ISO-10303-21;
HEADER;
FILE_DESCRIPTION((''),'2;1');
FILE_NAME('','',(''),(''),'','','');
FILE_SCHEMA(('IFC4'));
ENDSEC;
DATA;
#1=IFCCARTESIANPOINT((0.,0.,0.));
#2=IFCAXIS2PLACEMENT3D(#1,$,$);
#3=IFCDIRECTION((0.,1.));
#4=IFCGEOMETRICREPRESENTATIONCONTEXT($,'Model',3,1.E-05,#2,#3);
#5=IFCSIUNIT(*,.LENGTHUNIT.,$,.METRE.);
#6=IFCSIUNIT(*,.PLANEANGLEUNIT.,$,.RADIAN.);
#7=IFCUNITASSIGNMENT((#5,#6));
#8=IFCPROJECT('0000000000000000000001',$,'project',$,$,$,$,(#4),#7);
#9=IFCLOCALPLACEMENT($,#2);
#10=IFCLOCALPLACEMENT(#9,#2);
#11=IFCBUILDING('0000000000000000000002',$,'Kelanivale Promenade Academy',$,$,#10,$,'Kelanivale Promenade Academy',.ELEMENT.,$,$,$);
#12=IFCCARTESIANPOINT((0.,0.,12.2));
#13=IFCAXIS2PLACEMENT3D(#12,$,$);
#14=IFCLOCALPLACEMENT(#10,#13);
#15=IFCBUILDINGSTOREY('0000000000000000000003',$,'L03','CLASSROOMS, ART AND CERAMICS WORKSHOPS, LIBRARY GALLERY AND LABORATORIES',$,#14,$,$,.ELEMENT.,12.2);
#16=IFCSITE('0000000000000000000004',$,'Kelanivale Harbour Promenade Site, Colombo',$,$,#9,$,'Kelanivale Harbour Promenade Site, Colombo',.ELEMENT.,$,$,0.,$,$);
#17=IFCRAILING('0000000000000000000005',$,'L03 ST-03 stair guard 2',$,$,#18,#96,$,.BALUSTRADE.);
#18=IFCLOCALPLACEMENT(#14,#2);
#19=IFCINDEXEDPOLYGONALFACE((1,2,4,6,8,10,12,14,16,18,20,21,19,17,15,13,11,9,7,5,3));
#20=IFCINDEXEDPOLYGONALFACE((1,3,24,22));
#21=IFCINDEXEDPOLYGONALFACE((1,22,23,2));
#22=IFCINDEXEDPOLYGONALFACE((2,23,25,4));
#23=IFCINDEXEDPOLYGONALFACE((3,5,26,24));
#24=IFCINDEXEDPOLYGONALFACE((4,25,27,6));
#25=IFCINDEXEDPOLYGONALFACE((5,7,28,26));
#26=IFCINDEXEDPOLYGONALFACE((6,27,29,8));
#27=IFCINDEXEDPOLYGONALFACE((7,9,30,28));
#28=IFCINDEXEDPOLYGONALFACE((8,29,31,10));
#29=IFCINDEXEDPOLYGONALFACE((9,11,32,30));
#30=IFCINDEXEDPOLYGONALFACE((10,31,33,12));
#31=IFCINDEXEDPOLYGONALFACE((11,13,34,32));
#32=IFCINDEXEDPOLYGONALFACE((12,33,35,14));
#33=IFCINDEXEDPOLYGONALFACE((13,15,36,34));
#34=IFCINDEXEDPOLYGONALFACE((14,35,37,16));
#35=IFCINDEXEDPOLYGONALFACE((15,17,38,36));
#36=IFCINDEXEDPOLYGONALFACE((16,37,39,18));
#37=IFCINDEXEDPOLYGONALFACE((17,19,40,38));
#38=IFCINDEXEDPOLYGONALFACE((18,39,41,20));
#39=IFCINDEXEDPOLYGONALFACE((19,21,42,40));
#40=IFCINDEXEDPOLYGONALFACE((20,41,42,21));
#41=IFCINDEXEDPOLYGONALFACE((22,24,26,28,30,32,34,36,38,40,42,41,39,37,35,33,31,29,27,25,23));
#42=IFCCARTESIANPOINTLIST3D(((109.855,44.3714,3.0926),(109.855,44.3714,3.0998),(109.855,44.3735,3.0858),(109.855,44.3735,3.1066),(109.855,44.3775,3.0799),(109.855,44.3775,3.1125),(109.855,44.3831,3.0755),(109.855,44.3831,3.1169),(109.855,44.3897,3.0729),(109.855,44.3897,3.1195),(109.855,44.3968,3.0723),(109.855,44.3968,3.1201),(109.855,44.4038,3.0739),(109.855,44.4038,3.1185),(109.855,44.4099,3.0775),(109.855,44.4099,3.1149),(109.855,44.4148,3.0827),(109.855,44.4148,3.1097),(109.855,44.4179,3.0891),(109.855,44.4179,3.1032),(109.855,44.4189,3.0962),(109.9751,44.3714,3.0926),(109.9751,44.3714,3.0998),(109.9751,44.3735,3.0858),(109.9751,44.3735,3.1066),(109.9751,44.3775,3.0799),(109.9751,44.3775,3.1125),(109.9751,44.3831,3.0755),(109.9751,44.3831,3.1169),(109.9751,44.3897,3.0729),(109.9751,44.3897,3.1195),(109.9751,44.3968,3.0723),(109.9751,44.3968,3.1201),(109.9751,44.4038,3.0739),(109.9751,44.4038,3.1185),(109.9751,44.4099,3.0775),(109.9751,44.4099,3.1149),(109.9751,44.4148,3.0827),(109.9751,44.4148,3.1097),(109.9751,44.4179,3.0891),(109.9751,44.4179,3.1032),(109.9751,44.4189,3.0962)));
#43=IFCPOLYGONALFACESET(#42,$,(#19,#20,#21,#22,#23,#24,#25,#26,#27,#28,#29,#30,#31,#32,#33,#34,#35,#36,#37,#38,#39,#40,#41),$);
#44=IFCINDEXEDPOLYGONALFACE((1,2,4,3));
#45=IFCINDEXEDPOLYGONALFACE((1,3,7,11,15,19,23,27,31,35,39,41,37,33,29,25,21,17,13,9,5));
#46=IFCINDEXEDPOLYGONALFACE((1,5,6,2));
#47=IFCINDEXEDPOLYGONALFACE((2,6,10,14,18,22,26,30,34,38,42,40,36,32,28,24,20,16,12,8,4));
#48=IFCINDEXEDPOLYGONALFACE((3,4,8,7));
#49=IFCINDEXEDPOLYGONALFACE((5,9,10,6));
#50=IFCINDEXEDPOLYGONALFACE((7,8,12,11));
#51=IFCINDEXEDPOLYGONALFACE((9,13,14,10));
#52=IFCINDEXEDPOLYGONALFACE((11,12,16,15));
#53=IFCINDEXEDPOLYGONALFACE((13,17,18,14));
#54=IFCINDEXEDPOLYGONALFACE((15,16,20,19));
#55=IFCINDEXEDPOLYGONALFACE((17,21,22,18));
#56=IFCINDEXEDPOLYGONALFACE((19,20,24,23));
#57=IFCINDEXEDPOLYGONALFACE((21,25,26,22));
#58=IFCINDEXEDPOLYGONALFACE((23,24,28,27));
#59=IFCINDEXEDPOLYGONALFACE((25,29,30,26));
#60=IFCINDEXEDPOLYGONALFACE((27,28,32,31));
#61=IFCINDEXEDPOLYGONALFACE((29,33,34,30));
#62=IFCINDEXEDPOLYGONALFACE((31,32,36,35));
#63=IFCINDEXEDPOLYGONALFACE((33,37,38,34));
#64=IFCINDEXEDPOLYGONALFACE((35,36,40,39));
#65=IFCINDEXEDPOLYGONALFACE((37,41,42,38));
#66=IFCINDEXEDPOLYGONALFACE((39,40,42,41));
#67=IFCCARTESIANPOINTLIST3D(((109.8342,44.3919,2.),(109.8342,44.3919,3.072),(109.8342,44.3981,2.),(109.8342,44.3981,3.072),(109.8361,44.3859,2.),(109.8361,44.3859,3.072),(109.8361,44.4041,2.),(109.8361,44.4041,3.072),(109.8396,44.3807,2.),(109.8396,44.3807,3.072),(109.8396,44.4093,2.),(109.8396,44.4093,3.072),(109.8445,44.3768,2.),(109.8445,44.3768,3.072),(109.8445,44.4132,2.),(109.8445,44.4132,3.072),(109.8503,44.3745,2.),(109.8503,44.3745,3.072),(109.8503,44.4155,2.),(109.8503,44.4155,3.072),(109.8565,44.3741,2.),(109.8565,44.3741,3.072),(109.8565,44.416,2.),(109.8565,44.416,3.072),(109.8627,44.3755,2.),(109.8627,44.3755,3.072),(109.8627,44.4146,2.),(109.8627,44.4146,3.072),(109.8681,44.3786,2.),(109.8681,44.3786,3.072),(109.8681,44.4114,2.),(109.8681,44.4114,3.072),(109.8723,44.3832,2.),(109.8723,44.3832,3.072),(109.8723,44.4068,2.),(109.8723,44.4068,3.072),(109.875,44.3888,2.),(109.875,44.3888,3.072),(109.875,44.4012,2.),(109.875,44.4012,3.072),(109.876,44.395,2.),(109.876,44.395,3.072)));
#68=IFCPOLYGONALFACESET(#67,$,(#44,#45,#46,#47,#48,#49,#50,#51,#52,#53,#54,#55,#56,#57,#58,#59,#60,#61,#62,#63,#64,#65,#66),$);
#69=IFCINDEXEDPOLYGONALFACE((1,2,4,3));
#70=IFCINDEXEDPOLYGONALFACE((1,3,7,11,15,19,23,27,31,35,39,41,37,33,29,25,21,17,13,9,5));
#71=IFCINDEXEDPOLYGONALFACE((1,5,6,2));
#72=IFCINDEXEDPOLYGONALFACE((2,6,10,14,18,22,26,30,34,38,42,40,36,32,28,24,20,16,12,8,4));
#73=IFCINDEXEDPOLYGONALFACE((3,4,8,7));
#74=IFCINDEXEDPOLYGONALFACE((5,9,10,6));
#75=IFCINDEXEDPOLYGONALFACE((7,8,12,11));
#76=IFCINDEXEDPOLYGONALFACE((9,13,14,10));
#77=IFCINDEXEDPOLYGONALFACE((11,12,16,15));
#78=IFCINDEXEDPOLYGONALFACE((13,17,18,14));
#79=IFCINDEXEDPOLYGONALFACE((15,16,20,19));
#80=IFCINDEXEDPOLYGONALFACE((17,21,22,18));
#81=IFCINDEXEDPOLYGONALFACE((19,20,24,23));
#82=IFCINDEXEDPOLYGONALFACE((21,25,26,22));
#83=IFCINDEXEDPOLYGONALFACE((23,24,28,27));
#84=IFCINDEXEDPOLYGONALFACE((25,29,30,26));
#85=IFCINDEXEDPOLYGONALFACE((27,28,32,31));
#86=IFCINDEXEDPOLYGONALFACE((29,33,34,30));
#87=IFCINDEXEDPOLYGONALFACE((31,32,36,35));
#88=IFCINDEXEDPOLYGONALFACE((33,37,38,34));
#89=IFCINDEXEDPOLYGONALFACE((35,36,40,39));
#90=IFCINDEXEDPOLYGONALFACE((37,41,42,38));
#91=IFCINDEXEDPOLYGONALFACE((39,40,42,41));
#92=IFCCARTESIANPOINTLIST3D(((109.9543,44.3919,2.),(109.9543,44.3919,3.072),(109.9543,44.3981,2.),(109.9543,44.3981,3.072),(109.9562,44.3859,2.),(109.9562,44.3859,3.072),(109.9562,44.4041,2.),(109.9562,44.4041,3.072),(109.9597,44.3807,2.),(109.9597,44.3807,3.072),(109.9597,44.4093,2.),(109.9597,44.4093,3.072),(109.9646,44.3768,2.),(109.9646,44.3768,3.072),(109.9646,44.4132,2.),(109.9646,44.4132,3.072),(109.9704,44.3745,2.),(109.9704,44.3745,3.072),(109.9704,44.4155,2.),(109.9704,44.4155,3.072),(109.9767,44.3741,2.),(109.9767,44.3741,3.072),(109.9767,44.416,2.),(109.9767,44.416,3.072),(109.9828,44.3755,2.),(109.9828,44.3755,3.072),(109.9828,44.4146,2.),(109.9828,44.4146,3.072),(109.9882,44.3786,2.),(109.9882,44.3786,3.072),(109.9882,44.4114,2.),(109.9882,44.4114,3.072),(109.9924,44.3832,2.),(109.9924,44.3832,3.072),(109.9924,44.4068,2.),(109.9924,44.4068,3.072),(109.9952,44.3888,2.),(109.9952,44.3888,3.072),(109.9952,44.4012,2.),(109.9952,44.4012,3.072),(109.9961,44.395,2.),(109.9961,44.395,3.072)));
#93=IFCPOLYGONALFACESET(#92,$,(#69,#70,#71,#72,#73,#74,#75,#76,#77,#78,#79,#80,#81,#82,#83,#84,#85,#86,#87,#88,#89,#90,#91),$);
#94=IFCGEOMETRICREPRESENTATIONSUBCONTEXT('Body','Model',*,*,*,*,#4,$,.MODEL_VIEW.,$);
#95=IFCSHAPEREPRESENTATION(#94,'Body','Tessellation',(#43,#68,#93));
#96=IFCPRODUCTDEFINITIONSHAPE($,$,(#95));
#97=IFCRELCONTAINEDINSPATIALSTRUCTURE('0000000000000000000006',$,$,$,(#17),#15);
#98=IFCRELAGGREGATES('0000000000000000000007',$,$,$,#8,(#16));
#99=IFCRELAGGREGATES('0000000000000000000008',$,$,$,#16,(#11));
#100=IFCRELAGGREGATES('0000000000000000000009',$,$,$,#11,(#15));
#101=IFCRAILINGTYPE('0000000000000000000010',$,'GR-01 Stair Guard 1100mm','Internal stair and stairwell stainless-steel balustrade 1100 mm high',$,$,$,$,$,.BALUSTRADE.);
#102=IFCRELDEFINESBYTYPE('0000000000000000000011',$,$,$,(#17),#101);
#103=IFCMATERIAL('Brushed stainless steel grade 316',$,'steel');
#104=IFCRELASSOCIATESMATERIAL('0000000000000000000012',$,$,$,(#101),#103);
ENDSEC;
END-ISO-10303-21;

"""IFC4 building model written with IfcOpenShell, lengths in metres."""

from ifc_helpers import new_model, si_unit, direction, frame, origin, origin_2d, place, context, subcontext, project, spatial, circle, extrude, material, type_object, element, save


model = new_model("IFC4")

# Units and contexts
model_context = context("Model", 3, precision=1e-05, world=origin(), true_north=direction((0.0, 1.0)))
body_context = subcontext(model_context, "Body", "Model", "MODEL_VIEW")
ifc_project = project(units=[si_unit("LENGTHUNIT", "METRE"), si_unit("PLANEANGLEUNIT", "RADIAN")], contexts=[model_context])

# Site, building, storey
site_placement = place(None, origin())
site = spatial("IfcSite", under=ifc_project, at=site_placement, Name="Kelanivale Harbour Promenade Site, Colombo", LongName="Kelanivale Harbour Promenade Site, Colombo", CompositionType="ELEMENT", RefElevation=0.0)
building_placement = place(site_placement, origin())
building = spatial("IfcBuilding", under=site, at=building_placement, Name="Kelanivale Promenade Academy", LongName="Kelanivale Promenade Academy", CompositionType="ELEMENT")
storey_placement = place(building_placement, frame((0.0, 0.0, 12.2)))
storey = spatial("IfcBuildingStorey", under=building, at=storey_placement, Name="L03", Description="CLASSROOMS, ART AND CERAMICS WORKSHOPS, LIBRARY GALLERY AND LABORATORIES", CompositionType="ELEMENT", Elevation=12.2)

# Railing
ifc_material_1 = material(Name="Brushed stainless steel grade 316", Category="steel")
railing_type_1 = type_object("IfcRailingType", Name="GR-01 Stair Guard 1100mm", Description="Internal stair and stairwell stainless-steel balustrade 1100 mm high", PredefinedType="BALUSTRADE", material=ifc_material_1)
railing_1_placement = place(storey_placement, frame((109.855, 44.395, 2.0)))
element("IfcRailing", 1, at=railing_1_placement, inside=storey, type_object=railing_type_1, Name="L03 ST-03 stair guard 2", PredefinedType="BALUSTRADE", context=body_context, shape_type="SweptSolid", body=[
    extrude(circle(Radius=0.0239, at=origin_2d()), frame((0.0, 0.0, 1.0962), z_axis=(1.0, 0.0, 0.0), x_axis=(0.0, 1.0, 0.0)), (0.0, 0.0, 1.0), 0.1201),
    extrude(circle(Radius=0.021, at=origin_2d()), origin(), (0.0, 0.0, 1.0), 1.072),
    extrude(circle(Radius=0.021, at=origin_2d()), frame((0.1201, 0.0, 0.0)), (0.0, 0.0, 1.0), 1.072),
])

save(model, "model.ifc")
